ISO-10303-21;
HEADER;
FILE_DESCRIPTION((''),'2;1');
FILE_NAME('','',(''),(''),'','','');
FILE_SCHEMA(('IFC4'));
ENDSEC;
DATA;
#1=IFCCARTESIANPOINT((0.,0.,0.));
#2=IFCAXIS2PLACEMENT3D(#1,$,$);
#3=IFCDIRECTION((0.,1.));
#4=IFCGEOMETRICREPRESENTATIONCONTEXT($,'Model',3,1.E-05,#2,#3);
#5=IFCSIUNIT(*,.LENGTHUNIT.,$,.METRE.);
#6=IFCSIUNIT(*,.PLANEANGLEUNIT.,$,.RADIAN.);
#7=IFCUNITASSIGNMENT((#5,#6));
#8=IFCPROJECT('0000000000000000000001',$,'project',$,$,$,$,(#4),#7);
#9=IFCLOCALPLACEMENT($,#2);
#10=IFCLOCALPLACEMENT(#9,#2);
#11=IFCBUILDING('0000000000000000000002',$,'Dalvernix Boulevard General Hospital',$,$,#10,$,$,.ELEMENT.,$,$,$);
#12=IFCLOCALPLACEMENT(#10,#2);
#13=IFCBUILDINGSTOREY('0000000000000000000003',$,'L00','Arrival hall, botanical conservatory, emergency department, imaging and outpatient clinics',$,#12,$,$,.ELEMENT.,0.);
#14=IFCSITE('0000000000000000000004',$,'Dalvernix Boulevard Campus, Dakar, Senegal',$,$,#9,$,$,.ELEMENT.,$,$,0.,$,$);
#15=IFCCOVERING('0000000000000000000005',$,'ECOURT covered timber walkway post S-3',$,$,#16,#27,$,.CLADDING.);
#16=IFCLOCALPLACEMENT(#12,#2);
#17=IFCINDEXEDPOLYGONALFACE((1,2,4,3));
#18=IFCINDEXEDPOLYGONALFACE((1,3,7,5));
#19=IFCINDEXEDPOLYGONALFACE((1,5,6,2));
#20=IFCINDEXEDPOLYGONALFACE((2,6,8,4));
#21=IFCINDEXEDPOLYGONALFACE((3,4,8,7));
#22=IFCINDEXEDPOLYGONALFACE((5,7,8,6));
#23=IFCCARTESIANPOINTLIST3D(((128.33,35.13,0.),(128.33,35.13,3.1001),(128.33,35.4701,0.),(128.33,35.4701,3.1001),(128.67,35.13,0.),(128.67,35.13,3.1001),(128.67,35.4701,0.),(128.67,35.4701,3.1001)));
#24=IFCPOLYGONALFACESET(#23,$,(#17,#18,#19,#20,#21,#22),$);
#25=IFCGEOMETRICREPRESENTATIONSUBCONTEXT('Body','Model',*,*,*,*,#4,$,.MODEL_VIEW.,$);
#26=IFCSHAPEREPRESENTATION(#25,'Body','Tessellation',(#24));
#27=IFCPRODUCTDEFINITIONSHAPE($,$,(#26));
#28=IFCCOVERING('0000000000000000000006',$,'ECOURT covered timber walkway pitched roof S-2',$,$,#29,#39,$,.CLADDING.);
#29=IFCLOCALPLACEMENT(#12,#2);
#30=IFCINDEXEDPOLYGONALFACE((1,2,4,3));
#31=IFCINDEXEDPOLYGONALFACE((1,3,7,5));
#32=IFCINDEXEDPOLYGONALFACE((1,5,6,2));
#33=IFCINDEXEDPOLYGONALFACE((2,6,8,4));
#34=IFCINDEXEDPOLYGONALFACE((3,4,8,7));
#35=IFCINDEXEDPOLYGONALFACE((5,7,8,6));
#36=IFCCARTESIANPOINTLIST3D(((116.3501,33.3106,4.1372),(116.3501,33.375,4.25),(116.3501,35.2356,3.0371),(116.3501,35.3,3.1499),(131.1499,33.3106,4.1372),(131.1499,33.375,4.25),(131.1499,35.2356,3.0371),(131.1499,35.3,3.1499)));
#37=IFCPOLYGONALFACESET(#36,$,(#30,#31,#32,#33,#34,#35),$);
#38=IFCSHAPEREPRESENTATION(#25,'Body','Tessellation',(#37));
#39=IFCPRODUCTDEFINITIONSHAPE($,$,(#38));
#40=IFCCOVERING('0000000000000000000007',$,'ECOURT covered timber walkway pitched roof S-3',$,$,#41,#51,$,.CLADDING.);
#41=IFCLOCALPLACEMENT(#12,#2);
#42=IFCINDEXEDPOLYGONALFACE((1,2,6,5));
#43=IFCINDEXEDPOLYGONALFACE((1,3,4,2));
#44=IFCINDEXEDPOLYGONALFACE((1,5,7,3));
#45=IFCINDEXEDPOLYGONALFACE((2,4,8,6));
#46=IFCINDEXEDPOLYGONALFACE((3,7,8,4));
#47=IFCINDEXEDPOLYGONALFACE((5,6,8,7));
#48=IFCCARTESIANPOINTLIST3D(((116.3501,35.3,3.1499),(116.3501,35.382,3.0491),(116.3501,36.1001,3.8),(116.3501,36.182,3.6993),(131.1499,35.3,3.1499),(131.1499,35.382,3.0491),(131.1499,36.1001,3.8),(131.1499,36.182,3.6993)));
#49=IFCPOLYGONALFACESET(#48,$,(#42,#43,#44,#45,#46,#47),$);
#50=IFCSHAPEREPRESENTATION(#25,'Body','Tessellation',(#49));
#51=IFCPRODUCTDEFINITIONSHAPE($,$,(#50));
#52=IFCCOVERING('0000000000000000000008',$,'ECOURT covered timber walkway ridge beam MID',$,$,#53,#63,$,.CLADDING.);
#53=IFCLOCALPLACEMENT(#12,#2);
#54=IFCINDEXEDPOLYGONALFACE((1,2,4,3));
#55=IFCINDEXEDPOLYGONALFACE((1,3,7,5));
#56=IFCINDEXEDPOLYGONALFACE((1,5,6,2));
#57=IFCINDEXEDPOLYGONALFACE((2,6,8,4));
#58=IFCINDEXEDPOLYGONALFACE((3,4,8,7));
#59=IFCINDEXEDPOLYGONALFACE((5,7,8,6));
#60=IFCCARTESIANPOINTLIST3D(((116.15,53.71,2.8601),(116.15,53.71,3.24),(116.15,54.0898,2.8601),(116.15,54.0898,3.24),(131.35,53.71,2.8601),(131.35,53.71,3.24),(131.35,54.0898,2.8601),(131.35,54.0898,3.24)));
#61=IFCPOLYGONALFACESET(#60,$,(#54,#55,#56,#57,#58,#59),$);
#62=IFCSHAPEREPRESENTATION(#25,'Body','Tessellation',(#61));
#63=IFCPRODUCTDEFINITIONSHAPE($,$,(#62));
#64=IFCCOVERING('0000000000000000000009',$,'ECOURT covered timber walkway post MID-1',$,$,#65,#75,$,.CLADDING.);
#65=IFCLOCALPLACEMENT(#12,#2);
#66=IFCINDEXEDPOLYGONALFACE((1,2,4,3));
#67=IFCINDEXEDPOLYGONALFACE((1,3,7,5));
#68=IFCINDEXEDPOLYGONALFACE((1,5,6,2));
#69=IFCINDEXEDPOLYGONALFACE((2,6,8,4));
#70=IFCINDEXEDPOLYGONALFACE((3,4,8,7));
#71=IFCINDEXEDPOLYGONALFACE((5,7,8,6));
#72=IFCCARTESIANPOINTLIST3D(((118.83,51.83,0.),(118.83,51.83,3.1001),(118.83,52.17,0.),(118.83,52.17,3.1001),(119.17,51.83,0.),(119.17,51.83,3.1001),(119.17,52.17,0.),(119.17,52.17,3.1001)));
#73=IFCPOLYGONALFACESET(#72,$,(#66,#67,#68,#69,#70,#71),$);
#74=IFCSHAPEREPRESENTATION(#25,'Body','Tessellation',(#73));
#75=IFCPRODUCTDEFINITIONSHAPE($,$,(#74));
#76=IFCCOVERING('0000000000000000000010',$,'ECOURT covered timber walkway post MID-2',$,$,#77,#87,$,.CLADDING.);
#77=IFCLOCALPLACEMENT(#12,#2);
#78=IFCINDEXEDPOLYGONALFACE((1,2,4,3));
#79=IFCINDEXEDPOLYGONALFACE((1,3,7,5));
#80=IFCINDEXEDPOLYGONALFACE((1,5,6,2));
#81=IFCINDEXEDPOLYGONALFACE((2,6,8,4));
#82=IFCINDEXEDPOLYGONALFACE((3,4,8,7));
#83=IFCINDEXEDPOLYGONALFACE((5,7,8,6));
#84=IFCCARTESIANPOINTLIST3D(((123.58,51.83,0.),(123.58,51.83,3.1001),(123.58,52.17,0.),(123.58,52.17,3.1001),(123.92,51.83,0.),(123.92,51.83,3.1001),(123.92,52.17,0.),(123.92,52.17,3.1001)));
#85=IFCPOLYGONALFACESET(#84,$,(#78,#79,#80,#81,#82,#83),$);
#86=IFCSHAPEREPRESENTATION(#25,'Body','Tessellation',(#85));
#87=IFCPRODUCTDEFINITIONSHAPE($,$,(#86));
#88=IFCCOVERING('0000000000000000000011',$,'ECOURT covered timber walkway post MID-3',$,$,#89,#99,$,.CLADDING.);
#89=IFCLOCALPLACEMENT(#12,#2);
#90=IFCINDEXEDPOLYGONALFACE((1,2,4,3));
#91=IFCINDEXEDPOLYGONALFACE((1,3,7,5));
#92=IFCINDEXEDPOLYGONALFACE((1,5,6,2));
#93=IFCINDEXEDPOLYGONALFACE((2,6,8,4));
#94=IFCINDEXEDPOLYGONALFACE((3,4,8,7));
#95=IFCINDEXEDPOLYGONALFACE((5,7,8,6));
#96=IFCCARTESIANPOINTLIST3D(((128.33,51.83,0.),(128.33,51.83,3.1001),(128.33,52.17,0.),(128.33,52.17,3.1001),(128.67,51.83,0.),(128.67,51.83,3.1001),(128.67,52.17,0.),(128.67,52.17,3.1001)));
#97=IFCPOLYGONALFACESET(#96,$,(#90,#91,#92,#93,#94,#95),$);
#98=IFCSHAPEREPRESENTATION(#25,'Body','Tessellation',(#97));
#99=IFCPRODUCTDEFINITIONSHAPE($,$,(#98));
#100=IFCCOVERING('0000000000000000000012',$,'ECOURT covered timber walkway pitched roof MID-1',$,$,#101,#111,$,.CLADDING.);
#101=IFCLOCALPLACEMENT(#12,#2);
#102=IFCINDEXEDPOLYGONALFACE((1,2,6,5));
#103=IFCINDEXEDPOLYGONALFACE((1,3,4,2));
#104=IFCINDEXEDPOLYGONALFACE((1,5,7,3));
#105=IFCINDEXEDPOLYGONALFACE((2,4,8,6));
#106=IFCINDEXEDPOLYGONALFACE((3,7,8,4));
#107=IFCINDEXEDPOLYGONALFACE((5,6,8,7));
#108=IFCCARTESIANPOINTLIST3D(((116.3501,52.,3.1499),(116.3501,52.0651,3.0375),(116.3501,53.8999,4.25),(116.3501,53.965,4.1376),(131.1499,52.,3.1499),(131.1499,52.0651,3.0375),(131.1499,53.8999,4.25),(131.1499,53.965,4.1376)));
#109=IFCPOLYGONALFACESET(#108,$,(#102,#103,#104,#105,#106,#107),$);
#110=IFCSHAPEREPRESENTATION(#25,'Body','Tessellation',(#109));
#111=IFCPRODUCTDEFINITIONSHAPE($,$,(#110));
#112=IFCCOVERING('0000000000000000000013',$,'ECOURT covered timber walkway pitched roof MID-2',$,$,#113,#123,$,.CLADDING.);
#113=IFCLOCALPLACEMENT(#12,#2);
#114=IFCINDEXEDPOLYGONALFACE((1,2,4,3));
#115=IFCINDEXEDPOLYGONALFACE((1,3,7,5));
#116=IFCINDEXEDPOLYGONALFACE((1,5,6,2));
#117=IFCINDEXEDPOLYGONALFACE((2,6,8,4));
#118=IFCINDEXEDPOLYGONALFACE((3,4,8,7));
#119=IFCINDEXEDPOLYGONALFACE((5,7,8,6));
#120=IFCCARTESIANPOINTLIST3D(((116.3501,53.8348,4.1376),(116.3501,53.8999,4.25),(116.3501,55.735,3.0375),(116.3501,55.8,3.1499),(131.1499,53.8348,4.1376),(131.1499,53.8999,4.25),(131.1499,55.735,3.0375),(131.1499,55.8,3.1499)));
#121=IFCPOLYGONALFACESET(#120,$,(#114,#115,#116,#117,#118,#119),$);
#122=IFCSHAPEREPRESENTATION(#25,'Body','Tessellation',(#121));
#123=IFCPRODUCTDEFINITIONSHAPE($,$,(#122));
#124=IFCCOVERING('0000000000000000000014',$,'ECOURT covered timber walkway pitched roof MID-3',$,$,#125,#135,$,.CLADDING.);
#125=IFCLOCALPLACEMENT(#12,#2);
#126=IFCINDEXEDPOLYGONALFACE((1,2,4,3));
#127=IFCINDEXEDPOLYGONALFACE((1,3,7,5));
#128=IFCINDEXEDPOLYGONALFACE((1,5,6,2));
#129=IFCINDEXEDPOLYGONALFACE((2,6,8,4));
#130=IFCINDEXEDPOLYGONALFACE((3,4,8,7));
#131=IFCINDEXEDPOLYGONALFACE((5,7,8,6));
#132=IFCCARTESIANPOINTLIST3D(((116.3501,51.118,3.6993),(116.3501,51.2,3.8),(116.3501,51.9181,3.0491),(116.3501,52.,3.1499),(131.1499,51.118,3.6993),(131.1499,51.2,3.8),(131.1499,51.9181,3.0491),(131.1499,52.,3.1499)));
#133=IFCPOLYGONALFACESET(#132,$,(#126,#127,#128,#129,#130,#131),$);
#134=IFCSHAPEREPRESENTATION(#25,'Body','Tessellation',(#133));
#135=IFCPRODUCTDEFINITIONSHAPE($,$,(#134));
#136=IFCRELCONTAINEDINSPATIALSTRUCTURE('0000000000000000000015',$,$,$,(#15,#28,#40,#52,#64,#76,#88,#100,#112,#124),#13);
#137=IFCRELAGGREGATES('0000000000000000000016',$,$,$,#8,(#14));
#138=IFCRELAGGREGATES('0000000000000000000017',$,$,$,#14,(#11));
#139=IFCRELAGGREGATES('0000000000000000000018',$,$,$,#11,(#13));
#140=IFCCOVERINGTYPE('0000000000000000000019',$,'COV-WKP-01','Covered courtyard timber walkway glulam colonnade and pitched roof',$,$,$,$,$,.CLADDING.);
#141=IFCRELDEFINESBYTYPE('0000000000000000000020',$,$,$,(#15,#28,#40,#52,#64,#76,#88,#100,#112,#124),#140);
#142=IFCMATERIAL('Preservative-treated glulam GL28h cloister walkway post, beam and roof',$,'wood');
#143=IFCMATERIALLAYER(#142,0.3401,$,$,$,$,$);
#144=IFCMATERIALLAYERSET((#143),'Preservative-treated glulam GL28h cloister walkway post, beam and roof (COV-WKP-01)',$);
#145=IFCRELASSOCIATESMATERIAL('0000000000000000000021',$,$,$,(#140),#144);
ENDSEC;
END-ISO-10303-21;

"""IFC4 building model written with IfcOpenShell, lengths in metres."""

from ifc_helpers import new_model, si_unit, direction, frame, origin, origin_2d, place, context, subcontext, project, spatial, polyline, rectangle, outline, extrude, material, layer, layer_set, type_object, element, save


model = new_model("IFC4")

# Units and contexts
model_context = context("Model", 3, precision=1e-05, world=origin(), true_north=direction((0.0, 1.0)))
body_context = subcontext(model_context, "Body", "Model", "MODEL_VIEW")
ifc_project = project(units=[si_unit("LENGTHUNIT", "METRE"), si_unit("PLANEANGLEUNIT", "RADIAN")], contexts=[model_context])

# Site, building, storey
site_placement = place(None, origin())
site = spatial("IfcSite", under=ifc_project, at=site_placement, Name="Dalvernix Boulevard Campus, Dakar, Senegal", CompositionType="ELEMENT", RefElevation=0.0)
building_placement = place(site_placement, origin())
building = spatial("IfcBuilding", under=site, at=building_placement, Name="Dalvernix Boulevard General Hospital", CompositionType="ELEMENT")
storey_placement = place(building_placement, origin())
storey = spatial("IfcBuildingStorey", under=building, at=storey_placement, Name="L00", Description="Arrival hall, botanical conservatory, emergency department, imaging and outpatient clinics", CompositionType="ELEMENT", Elevation=0.0)

# Coverings
ifc_material_1 = material(Name="Preservative-treated glulam GL28h cloister walkway post, beam and roof", Category="wood")
ifc_layer_1 = layer(ifc_material_1, 0.3401)
ifc_layer_set_1 = layer_set([ifc_layer_1], Name="Preservative-treated glulam GL28h cloister walkway post, beam and roof (COV-WKP-01)")
covering_type = type_object("IfcCoveringType", Name="COV-WKP-01", Description="Covered courtyard timber walkway glulam colonnade and pitched roof", PredefinedType="CLADDING", material=ifc_layer_set_1)
for number, where, z_axis, x_axis, name in (
    (1, (128.5, 35.3, 0.0), (0.0, 0.0, 1.0), (1.0, 0.0, 0.0), "ECOURT covered timber walkway post S-3"),
):
    element("IfcCovering", number, at=place(storey_placement, frame(where, z_axis=z_axis, x_axis=x_axis)), inside=storey, type_object=covering_type, Name=name, PredefinedType="CLADDING", context=body_context, shape_type="SweptSolid", body=[
        extrude(rectangle(XDim=0.3401, YDim=0.3401, at=origin_2d()), origin(), (0.0, 0.0, 1.0), 3.1001),
    ])
covering_1_placement = place(storey_placement, frame((116.3501, 33.375, 4.25), z_axis=(0.0, 0.496163, 0.86823), x_axis=(1.0, 0.0, 0.0)))
element("IfcCovering", 2, at=covering_1_placement, inside=storey, type_object=covering_type, Name="ECOURT covered timber walkway pitched roof S-2", PredefinedType="CLADDING", context=body_context, shape_type="SweptSolid", body=[
    extrude(outline(polyline([(0.0, 0.0), (14.7998, 0.0), (14.7998, 2.2172), (0.0, 2.2172), (0.0, 0.0)])), origin(), (0.0, 0.0, -1.0), 0.1299),
])
covering_2_placement = place(storey_placement, frame((116.3501, 35.3, 3.1499), z_axis=(0.0, -0.630655, 0.776063), x_axis=(1.0, 0.0, 0.0)))
element("IfcCovering", 3, at=covering_2_placement, inside=storey, type_object=covering_type, Name="ECOURT covered timber walkway pitched roof S-3", PredefinedType="CLADDING", context=body_context, shape_type="SweptSolid", body=[
    extrude(outline(polyline([(0.0, 0.0), (14.7998, 0.0), (14.7998, 1.0309), (0.0, 1.0309), (0.0, 0.0)])), origin(), (0.0, 0.0, -1.0), 0.1299),
])
covering_3_placement = place(storey_placement, frame((123.75, 53.8999, 2.8601), z_axis=(0.0, 0.0, 1.0), x_axis=(1.0, 0.0, 0.0)))
element("IfcCovering", 4, at=covering_3_placement, inside=storey, type_object=covering_type, Name="ECOURT covered timber walkway ridge beam MID", PredefinedType="CLADDING", context=body_context, shape_type="SweptSolid", body=[
    extrude(rectangle(XDim=15.2, YDim=0.3799, at=origin_2d()), origin(), (0.0, 0.0, 1.0), 0.3799),
])
for number, where, z_axis, x_axis, name in (
    (5, (119.0, 52.0, 0.0), (0.0, 0.0, 1.0), (1.0, 0.0, 0.0), "ECOURT covered timber walkway post MID-1"),
    (6, (123.75, 52.0, 0.0), (0.0, 0.0, 1.0), (1.0, 0.0, 0.0), "ECOURT covered timber walkway post MID-2"),
    (7, (128.5, 52.0, 0.0), (0.0, 0.0, 1.0), (1.0, 0.0, 0.0), "ECOURT covered timber walkway post MID-3"),
):
    element("IfcCovering", number, at=place(storey_placement, frame(where, z_axis=z_axis, x_axis=x_axis)), inside=storey, type_object=covering_type, Name=name, PredefinedType="CLADDING", context=body_context, shape_type="SweptSolid", body=[
        extrude(rectangle(XDim=0.3401, YDim=0.3401, at=origin_2d()), origin(), (0.0, 0.0, 1.0), 3.1001),
    ])
covering_4_placement = place(storey_placement, frame((116.3501, 52.0, 3.1499), z_axis=(0.0, -0.501089, 0.865396), x_axis=(1.0, 0.0, 0.0)))
element("IfcCovering", 8, at=covering_4_placement, inside=storey, type_object=covering_type, Name="ECOURT covered timber walkway pitched roof MID-1", PredefinedType="CLADDING", context=body_context, shape_type="SweptSolid", body=[
    extrude(outline(polyline([(0.0, 0.0), (14.7998, 0.0), (14.7998, 2.1954), (0.0, 2.1954), (0.0, 0.0)])), origin(), (0.0, 0.0, -1.0), 0.1299),
])
covering_5_placement = place(storey_placement, frame((116.3501, 53.8999, 4.25), z_axis=(0.0, 0.501041, 0.865424), x_axis=(1.0, 0.0, 0.0)))
element("IfcCovering", 9, at=covering_5_placement, inside=storey, type_object=covering_type, Name="ECOURT covered timber walkway pitched roof MID-2", PredefinedType="CLADDING", context=body_context, shape_type="SweptSolid", body=[
    extrude(outline(polyline([(0.0, 0.0), (14.7998, 0.0), (14.7998, 2.1956), (0.0, 2.1956), (0.0, 0.0)])), origin(), (0.0, 0.0, -1.0), 0.1299),
])
covering_6_placement = place(storey_placement, frame((116.3501, 52.0, 3.1499), z_axis=(0.0, 0.630655, 0.776063), x_axis=(1.0, 0.0, 0.0)))
element("IfcCovering", 10, at=covering_6_placement, inside=storey, type_object=covering_type, Name="ECOURT covered timber walkway pitched roof MID-3", PredefinedType="CLADDING", context=body_context, shape_type="SweptSolid", body=[
    extrude(outline(polyline([(0.0, 0.0), (14.7998, 0.0), (14.7998, -1.0309), (0.0, -1.0309), (0.0, 0.0)])), origin(), (0.0, 0.0, -1.0), 0.1299),
])

save(model, "model.ifc")
